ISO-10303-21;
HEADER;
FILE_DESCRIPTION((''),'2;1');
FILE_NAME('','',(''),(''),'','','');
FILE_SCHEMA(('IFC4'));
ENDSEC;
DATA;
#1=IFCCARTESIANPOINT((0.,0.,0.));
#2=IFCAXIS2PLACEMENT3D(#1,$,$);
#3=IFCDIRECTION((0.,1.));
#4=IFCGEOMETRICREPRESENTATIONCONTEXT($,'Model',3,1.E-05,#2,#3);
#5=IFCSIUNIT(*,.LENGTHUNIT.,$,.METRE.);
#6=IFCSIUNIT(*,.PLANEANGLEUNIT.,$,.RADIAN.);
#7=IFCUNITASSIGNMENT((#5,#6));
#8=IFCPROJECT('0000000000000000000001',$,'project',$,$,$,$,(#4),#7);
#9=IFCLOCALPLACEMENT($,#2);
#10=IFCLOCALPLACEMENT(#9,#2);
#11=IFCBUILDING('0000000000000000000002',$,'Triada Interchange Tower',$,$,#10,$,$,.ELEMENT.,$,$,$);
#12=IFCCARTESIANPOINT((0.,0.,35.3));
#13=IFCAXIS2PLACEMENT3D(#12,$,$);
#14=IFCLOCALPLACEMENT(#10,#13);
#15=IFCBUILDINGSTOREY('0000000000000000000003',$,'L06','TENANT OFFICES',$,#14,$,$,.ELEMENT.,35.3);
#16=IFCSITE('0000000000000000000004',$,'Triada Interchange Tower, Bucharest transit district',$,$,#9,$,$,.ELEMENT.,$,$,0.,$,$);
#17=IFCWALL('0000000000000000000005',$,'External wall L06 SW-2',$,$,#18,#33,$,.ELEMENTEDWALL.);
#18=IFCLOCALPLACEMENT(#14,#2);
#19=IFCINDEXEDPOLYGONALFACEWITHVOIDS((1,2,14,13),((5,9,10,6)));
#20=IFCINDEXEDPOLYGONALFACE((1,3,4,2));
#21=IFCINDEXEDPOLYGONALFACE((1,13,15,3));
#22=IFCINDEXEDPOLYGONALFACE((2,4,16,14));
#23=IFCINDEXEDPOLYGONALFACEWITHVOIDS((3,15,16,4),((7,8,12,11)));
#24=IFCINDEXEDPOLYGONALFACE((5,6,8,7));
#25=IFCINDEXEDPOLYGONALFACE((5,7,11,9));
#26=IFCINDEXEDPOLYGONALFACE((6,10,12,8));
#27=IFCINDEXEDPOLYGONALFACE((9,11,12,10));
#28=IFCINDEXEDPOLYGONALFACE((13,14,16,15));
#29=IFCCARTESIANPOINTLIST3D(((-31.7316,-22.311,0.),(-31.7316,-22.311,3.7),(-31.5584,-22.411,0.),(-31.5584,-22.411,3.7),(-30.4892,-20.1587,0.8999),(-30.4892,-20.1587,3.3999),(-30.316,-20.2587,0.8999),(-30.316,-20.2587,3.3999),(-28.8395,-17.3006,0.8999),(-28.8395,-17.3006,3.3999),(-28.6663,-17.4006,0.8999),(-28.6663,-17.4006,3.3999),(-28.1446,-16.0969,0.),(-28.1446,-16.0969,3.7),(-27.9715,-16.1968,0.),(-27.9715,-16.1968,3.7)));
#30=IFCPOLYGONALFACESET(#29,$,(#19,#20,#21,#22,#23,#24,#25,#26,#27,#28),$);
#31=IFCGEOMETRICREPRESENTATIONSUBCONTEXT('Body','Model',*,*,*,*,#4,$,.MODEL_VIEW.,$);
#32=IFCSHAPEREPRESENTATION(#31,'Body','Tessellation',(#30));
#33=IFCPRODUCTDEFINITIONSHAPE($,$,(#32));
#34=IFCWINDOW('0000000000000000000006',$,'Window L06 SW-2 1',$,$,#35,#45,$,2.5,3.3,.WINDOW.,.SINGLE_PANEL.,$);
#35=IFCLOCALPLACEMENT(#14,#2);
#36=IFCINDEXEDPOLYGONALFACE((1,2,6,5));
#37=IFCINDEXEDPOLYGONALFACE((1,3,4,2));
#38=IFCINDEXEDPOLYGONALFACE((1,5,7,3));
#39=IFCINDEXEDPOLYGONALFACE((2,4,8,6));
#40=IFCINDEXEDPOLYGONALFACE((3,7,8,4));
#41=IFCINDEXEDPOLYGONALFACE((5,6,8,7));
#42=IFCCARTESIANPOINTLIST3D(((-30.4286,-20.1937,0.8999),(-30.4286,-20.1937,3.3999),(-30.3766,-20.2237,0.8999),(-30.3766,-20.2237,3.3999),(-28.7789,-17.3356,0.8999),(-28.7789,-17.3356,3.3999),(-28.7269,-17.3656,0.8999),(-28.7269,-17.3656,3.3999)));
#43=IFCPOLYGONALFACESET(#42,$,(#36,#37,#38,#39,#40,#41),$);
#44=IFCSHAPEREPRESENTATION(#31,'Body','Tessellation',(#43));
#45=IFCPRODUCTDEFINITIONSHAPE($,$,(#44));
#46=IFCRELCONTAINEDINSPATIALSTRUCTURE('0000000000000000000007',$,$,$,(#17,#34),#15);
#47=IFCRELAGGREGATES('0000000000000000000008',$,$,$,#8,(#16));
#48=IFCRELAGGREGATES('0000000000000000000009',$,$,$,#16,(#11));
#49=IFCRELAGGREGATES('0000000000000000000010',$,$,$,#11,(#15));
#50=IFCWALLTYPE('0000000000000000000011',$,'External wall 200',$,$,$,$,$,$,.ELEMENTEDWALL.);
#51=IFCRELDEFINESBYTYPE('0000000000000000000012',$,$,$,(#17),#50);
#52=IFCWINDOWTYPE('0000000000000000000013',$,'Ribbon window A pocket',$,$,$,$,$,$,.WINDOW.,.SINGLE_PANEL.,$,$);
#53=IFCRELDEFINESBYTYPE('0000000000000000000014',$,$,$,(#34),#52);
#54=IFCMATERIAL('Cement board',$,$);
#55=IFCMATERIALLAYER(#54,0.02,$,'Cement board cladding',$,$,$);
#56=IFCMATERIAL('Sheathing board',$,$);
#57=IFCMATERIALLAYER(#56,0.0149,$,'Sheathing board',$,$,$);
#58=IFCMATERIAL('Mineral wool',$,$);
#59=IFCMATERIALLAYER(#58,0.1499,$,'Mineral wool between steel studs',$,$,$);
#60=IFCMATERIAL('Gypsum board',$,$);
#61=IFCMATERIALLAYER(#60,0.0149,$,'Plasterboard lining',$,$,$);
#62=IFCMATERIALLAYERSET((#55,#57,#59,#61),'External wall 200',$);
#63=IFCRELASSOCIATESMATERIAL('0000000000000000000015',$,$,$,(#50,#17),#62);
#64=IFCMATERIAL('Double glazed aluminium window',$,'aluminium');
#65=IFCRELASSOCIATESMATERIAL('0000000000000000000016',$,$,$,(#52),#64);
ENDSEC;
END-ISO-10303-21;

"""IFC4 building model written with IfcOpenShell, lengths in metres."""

from ifc_helpers import new_model, si_unit, direction, frame, frame_2d, origin, place, context, subcontext, project, spatial, rectangle, extrude, material, layer, layer_set, layer_usage, type_object, element, fill, save


model = new_model("IFC4")

# Units and contexts
model_context = context("Model", 3, precision=1e-05, world=origin(), true_north=direction((0.0, 1.0)))
body_context = subcontext(model_context, "Body", "Model", "MODEL_VIEW")
ifc_project = project(units=[si_unit("LENGTHUNIT", "METRE"), si_unit("PLANEANGLEUNIT", "RADIAN")], contexts=[model_context])

# Site, building, storey
site_placement = place(None, origin())
site = spatial("IfcSite", under=ifc_project, at=site_placement, Name="Triada Interchange Tower, Bucharest transit district", CompositionType="ELEMENT", RefElevation=0.0)
building_placement = place(site_placement, origin())
building = spatial("IfcBuilding", under=site, at=building_placement, Name="Triada Interchange Tower", CompositionType="ELEMENT")
storey_placement = place(building_placement, frame((0.0, 0.0, 35.3)))
storey = spatial("IfcBuildingStorey", under=building, at=storey_placement, Name="L06", Description="TENANT OFFICES", CompositionType="ELEMENT", Elevation=35.3)

# Wall, opening, window
ifc_material_1 = material(Name="Cement board")
ifc_layer_1 = layer(ifc_material_1, 0.02, Name="Cement board cladding")
ifc_material_2 = material(Name="Sheathing board")
ifc_layer_2 = layer(ifc_material_2, 0.0149, Name="Sheathing board")
ifc_material_3 = material(Name="Mineral wool")
ifc_layer_3 = layer(ifc_material_3, 0.1499, Name="Mineral wool between steel studs")
ifc_material_4 = material(Name="Gypsum board")
ifc_layer_4 = layer(ifc_material_4, 0.0149, Name="Plasterboard lining")
ifc_layer_set_1 = layer_set([ifc_layer_1, ifc_layer_2, ifc_layer_3, ifc_layer_4], Name="External wall 200")
ifc_layer_usage = layer_usage(ifc_layer_set_1, "AXIS2", "POSITIVE", -0.1001)
wall_type_1 = type_object("IfcWallType", Name="External wall 200", PredefinedType="ELEMENTEDWALL", material=ifc_layer_set_1)
ifc_material_5 = material(Name="Double glazed aluminium window", Category="aluminium")
window_type_1 = type_object("IfcWindowType", Name="Ribbon window A pocket", PartitioningType="SINGLE_PANEL", PredefinedType="WINDOW", material=ifc_material_5)
wall_1_placement = place(storey_placement, frame((-28.0581, -16.147, 0.0), z_axis=(0.0, 0.0, 1.0), x_axis=(-0.499916, -0.866074, 0.0)))
wall_1 = element("IfcWall", 1, at=wall_1_placement, inside=storey, type_object=wall_type_1, material=ifc_layer_usage, Name="External wall L06 SW-2", PredefinedType="ELEMENTEDWALL", context=body_context, shape_type="SweptSolid", body=[
    extrude(rectangle(XDim=7.175, YDim=0.2, at=frame_2d((3.5874, 0.0))), origin(), (0.0, 0.0, 1.0), 3.7),
])
opening_1_placement = place(wall_1_placement, frame((1.3899, 0.0, 0.8999)))
opening_1 = element("IfcOpeningElement", 2, at=opening_1_placement, cuts=wall_1, PredefinedType="OPENING", context=body_context, shape_type="SweptSolid", body=[
    extrude(rectangle(XDim=3.3, YDim=2.5, at=frame_2d((1.6499, 1.25))), frame((0.0, 0.1099, 0.0), z_axis=(0.0, -1.0, 0.0), x_axis=(1.0, 0.0, 0.0)), (0.0, 0.0, 1.0), 0.22),
])
window_1_placement = place(opening_1_placement, origin())
window_1 = element("IfcWindow", 3, at=window_1_placement, inside=storey, type_object=window_type_1, Name="Window L06 SW-2 1", OverallHeight=2.5, OverallWidth=3.3, PartitioningType="SINGLE_PANEL", PredefinedType="WINDOW", context=body_context, shape_type="SweptSolid", body=[
    extrude(rectangle(XDim=3.3, YDim=2.5, at=frame_2d((1.6499, 1.25))), frame((0.0, 0.03, 0.0), z_axis=(0.0, -1.0, 0.0), x_axis=(1.0, 0.0, 0.0)), (0.0, 0.0, 1.0), 0.0601),
])
fill(opening_1, window_1)

save(model, "model.ifc")
